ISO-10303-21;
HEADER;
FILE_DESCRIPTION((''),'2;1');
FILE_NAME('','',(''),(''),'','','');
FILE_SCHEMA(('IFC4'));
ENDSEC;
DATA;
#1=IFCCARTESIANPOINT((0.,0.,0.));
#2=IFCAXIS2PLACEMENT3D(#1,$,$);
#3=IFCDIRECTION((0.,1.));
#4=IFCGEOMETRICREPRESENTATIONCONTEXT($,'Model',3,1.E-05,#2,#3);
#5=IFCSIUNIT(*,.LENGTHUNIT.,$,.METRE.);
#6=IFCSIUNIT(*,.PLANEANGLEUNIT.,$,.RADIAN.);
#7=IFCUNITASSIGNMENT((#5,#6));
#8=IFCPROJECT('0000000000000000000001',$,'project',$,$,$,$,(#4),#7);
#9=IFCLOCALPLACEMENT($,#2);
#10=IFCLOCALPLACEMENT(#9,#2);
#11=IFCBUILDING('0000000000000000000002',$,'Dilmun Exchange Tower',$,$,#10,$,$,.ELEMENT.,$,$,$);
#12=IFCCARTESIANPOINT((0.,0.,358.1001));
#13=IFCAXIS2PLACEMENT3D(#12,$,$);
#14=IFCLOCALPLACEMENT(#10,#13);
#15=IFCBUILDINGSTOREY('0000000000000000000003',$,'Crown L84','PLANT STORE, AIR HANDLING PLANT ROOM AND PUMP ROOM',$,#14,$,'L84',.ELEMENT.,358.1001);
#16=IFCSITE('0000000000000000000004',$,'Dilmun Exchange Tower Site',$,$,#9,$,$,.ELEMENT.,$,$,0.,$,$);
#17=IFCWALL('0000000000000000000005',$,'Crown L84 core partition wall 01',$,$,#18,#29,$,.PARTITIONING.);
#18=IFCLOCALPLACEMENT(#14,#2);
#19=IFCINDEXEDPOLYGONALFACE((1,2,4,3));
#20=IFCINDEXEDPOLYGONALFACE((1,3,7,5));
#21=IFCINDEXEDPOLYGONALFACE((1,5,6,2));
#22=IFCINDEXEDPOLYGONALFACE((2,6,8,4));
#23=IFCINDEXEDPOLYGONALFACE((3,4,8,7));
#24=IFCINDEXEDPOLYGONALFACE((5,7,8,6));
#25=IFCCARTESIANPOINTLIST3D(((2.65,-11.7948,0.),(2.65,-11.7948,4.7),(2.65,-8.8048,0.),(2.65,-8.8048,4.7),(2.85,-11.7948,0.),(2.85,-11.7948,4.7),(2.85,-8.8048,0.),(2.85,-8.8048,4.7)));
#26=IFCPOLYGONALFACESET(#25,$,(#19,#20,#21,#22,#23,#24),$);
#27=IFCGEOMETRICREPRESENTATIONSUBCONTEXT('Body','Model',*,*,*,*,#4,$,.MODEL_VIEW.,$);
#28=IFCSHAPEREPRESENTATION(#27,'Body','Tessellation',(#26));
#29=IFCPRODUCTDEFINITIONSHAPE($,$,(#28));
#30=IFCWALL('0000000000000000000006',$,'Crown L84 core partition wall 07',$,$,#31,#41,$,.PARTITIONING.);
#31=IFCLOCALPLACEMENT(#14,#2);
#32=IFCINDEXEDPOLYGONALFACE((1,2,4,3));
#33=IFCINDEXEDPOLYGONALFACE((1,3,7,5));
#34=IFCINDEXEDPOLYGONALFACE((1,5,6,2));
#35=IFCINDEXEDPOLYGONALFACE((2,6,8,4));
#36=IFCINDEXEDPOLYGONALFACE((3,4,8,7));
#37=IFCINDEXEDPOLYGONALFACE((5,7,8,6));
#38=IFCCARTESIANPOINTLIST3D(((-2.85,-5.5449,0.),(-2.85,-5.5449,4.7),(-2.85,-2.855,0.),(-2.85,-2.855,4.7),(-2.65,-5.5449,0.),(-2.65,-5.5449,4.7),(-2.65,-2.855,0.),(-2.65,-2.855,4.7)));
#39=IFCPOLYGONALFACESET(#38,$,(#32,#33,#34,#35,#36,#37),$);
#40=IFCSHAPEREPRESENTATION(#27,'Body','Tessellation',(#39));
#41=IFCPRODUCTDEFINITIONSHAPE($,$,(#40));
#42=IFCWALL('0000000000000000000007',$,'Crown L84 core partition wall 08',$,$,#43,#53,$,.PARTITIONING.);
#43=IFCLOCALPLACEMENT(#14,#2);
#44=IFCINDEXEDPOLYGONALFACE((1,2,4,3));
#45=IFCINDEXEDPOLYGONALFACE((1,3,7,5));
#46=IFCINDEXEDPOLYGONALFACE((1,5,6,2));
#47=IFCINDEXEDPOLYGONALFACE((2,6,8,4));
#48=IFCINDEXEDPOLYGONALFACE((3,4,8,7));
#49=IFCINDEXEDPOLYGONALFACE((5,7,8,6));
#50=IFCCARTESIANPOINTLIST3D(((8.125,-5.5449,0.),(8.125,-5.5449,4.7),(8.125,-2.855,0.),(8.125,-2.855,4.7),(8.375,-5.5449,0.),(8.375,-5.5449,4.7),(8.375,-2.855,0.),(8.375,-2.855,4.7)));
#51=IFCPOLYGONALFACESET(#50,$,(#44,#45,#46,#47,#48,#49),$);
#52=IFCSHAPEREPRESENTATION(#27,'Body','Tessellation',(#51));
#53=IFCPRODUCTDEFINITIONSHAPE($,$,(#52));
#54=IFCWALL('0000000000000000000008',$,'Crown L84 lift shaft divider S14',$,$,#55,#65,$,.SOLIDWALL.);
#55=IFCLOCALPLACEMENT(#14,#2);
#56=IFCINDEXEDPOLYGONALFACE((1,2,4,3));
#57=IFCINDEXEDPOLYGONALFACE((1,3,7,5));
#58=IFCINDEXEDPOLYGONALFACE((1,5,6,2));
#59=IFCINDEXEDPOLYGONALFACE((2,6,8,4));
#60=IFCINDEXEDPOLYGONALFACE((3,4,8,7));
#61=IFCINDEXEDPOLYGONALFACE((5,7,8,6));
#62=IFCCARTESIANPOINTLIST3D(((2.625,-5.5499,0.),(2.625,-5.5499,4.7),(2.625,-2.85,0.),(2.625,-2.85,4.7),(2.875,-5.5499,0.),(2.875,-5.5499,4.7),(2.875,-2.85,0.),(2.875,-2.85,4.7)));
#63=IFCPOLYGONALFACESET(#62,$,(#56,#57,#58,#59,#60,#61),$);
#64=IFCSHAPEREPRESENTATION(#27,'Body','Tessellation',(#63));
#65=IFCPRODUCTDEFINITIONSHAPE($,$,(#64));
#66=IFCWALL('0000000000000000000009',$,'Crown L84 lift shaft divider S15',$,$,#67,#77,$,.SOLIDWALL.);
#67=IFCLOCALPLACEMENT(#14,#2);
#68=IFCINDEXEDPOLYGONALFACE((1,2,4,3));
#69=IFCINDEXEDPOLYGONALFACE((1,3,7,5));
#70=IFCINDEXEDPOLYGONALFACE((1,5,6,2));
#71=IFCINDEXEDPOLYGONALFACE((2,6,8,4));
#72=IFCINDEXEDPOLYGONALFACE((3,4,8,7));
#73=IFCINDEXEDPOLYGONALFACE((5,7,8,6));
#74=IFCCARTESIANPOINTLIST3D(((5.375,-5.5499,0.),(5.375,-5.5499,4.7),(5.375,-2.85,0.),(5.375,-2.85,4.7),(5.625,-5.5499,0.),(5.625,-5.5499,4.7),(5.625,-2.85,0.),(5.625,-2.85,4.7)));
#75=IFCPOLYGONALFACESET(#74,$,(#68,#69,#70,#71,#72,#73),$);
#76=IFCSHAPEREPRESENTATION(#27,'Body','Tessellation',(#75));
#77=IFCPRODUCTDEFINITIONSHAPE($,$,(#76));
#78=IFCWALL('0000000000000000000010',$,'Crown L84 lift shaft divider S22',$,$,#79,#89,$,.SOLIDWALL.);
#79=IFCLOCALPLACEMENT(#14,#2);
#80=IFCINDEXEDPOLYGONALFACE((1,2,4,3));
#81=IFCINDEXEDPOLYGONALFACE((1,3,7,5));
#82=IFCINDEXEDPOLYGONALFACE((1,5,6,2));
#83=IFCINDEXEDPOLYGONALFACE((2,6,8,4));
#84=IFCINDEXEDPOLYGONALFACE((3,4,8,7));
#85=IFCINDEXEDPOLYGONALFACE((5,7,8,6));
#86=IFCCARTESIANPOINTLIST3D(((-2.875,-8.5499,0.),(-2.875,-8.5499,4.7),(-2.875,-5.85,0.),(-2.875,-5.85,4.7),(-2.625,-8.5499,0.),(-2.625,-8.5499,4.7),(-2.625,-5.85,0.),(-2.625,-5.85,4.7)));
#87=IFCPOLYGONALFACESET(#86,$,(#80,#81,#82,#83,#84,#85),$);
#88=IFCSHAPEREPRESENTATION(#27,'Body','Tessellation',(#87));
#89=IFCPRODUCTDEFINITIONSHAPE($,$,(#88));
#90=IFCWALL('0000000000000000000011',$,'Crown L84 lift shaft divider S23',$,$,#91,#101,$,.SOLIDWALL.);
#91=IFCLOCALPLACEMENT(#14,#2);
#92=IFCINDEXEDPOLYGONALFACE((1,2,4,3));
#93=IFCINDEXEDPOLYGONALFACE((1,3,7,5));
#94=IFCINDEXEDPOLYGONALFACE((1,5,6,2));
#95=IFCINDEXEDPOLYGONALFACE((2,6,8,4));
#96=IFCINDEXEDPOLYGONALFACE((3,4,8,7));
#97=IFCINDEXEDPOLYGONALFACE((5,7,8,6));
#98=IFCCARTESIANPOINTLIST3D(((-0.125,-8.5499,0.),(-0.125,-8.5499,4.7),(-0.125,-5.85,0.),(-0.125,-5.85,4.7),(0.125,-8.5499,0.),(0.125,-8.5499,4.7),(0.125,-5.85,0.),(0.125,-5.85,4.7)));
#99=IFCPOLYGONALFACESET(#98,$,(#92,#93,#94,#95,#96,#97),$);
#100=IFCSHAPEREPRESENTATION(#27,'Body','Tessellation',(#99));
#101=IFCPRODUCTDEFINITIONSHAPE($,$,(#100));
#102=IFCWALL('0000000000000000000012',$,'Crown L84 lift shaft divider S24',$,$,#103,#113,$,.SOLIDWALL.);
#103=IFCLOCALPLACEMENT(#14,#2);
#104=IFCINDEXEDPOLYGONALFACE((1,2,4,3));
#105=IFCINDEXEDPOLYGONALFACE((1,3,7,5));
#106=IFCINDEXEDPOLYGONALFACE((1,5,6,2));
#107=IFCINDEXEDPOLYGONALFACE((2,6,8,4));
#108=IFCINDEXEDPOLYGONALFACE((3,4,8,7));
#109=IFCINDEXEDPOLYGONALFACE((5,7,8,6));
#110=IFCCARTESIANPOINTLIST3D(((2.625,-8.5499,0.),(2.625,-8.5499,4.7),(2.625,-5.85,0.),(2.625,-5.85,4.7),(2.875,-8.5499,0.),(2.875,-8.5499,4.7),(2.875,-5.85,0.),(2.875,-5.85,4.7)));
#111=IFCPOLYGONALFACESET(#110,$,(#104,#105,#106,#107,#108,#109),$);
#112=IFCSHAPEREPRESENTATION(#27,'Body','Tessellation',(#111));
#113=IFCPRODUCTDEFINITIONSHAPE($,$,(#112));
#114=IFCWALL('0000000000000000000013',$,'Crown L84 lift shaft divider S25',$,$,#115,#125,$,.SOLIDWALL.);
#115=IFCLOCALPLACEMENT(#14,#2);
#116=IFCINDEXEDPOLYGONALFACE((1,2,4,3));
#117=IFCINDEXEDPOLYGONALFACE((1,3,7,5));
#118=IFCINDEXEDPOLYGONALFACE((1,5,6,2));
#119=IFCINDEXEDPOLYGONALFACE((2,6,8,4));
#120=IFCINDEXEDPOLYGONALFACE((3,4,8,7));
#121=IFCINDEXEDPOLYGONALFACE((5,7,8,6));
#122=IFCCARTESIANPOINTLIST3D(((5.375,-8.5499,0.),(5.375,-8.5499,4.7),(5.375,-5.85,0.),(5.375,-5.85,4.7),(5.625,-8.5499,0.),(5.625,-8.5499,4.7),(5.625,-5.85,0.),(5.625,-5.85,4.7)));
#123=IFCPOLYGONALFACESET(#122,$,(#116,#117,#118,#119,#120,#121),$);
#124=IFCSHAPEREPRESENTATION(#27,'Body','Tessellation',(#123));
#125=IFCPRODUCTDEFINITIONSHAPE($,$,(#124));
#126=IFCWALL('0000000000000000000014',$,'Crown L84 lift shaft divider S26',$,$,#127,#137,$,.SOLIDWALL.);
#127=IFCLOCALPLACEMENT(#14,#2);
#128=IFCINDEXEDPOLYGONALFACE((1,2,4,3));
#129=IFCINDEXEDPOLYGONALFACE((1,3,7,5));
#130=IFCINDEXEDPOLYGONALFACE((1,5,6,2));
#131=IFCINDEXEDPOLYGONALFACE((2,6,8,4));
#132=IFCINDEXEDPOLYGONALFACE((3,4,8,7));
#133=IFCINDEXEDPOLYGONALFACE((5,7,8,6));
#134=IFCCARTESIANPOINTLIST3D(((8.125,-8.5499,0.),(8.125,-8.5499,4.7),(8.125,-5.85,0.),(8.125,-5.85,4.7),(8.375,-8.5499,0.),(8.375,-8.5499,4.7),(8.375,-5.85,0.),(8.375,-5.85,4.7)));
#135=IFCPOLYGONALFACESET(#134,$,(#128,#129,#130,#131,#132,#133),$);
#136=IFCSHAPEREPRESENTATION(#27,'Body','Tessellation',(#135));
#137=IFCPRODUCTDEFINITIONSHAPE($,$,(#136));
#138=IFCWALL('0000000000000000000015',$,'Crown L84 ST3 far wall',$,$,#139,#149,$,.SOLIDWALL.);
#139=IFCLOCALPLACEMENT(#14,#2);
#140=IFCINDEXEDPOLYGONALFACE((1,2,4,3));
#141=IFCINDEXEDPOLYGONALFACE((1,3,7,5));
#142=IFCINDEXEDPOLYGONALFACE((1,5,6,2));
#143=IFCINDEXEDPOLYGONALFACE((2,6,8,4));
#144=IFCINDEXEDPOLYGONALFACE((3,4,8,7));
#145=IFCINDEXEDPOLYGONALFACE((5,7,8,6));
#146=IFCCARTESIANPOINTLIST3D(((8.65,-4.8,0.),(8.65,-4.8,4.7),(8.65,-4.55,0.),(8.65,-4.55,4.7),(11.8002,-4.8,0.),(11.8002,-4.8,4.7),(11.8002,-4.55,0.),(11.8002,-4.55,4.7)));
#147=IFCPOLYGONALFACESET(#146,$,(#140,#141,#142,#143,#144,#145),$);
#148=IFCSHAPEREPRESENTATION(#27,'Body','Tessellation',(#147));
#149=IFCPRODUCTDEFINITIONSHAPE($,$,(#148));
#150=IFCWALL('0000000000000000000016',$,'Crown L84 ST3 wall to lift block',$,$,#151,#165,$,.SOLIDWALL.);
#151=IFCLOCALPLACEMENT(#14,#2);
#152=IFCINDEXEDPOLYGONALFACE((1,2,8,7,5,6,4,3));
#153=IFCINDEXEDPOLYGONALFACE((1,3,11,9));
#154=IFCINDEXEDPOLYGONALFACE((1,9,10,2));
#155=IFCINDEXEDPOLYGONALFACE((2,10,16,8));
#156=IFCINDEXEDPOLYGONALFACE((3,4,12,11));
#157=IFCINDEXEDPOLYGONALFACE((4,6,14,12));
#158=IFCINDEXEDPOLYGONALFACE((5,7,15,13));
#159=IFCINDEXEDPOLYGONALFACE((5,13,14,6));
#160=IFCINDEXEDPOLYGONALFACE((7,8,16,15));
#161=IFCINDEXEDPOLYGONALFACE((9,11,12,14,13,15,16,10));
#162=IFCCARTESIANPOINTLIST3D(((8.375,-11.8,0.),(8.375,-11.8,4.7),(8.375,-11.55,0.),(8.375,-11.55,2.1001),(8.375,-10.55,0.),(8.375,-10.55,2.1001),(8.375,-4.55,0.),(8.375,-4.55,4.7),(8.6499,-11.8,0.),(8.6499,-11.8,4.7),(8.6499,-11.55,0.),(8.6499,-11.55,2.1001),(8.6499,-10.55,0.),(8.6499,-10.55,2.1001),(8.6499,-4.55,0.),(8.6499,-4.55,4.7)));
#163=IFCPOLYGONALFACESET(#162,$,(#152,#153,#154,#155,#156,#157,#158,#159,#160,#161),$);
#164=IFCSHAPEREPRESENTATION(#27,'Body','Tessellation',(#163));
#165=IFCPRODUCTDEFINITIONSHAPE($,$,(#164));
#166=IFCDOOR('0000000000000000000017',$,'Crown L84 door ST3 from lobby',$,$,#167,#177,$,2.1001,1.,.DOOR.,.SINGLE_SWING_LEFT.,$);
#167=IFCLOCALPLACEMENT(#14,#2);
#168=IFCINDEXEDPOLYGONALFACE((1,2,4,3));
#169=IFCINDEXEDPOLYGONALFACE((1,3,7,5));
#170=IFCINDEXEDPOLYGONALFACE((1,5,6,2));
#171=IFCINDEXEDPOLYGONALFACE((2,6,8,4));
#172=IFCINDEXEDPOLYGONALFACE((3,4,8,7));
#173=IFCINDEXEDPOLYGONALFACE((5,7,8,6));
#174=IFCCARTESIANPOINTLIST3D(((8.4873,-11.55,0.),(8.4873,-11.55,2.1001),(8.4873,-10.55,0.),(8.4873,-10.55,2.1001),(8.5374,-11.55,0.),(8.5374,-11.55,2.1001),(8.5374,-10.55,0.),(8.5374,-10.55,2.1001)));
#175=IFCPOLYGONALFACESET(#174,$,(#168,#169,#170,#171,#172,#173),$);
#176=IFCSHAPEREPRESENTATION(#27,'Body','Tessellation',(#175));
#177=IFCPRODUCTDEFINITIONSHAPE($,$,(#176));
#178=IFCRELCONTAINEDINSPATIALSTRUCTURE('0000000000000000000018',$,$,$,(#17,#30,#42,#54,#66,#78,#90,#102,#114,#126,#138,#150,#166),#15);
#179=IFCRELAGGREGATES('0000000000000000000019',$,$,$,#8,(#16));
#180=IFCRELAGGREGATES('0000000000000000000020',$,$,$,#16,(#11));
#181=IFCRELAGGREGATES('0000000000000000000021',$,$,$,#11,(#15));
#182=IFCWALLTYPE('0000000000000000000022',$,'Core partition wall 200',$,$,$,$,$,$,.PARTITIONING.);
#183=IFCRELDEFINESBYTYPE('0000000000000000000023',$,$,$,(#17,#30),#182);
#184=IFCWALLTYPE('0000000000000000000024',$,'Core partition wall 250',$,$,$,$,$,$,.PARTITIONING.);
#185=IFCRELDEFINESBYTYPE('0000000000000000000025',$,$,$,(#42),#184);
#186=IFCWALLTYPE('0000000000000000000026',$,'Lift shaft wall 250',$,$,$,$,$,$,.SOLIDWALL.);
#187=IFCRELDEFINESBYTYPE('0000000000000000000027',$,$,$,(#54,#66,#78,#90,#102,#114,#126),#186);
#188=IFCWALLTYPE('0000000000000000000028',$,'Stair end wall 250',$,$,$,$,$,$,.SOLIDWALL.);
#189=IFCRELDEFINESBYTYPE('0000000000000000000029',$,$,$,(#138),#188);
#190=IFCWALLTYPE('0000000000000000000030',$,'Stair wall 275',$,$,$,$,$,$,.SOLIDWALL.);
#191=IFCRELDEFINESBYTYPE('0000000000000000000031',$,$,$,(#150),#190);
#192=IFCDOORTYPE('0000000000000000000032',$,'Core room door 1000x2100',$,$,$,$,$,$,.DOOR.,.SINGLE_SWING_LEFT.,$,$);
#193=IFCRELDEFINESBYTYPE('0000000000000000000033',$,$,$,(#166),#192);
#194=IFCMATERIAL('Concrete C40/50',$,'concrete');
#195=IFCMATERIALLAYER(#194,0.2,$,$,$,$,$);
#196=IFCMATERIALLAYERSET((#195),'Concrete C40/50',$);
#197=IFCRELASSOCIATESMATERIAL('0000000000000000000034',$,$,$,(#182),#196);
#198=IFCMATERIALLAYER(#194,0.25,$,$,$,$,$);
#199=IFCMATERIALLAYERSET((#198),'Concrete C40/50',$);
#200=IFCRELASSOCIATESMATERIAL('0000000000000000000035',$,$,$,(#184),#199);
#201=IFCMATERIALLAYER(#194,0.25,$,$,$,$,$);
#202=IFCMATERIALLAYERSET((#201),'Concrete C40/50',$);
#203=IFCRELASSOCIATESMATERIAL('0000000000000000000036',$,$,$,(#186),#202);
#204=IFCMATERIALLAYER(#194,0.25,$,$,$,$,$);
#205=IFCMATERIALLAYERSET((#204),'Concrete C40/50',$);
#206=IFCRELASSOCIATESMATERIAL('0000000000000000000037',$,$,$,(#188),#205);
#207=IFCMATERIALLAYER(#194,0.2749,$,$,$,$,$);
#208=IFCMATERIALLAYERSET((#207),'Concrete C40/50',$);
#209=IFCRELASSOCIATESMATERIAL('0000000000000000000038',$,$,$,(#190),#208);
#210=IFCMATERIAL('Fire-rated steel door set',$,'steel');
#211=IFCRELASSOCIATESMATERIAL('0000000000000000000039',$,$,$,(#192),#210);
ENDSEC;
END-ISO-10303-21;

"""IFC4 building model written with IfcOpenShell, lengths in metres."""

from ifc_helpers import new_model, si_unit, direction, frame, frame_2d, origin, place, context, subcontext, project, spatial, rectangle, extrude, material, layer, layer_set, type_object, element, fill, save


model = new_model("IFC4")

# Units and contexts
model_context = context("Model", 3, precision=1e-05, world=origin(), true_north=direction((0.0, 1.0)))
body_context = subcontext(model_context, "Body", "Model", "MODEL_VIEW")
ifc_project = project(units=[si_unit("LENGTHUNIT", "METRE"), si_unit("PLANEANGLEUNIT", "RADIAN")], contexts=[model_context])

# Site, building, storey
site_placement = place(None, origin())
site = spatial("IfcSite", under=ifc_project, at=site_placement, Name="Dilmun Exchange Tower Site", CompositionType="ELEMENT", RefElevation=0.0)
building_placement = place(site_placement, origin())
building = spatial("IfcBuilding", under=site, at=building_placement, Name="Dilmun Exchange Tower", CompositionType="ELEMENT")
storey_placement = place(building_placement, frame((0.0, 0.0, 358.1001)))
storey = spatial("IfcBuildingStorey", under=building, at=storey_placement, Name="Crown L84", Description="PLANT STORE, AIR HANDLING PLANT ROOM AND PUMP ROOM", LongName="L84", CompositionType="ELEMENT", Elevation=358.1001)

# Walls
ifc_material_1 = material(Name="Concrete C40/50", Category="concrete")
ifc_layer_1 = layer(ifc_material_1, 0.2)
ifc_layer_set_1 = layer_set([ifc_layer_1], Name="Concrete C40/50")
wall_type_1 = type_object("IfcWallType", Name="Core partition wall 200", PredefinedType="PARTITIONING", material=ifc_layer_set_1)
wall_1_placement = place(storey_placement, frame((2.75, -11.7949, 0.0), z_axis=(0.0, 0.0, 1.0), x_axis=(0.0, 1.0, 0.0)))
element("IfcWall", 1, at=wall_1_placement, inside=storey, type_object=wall_type_1, Name="Crown L84 core partition wall 01", PredefinedType="PARTITIONING", context=body_context, shape_type="SweptSolid", body=[
    extrude(rectangle(XDim=2.99, YDim=0.2, at=frame_2d((1.4951, 0.0))), origin(), (0.0, 0.0, 1.0), 4.7),
])
wall_2_placement = place(storey_placement, frame((-2.75, -5.5449, 0.0), z_axis=(0.0, 0.0, 1.0), x_axis=(0.0, 1.0, 0.0)))
element("IfcWall", 2, at=wall_2_placement, inside=storey, type_object=wall_type_1, Name="Crown L84 core partition wall 07", PredefinedType="PARTITIONING", context=body_context, shape_type="SweptSolid", body=[
    extrude(rectangle(XDim=2.6899, YDim=0.2, at=frame_2d((1.345, 0.0))), origin(), (0.0, 0.0, 1.0), 4.7),
])
ifc_layer_2 = layer(ifc_material_1, 0.25)
ifc_layer_set_2 = layer_set([ifc_layer_2], Name="Concrete C40/50")
wall_type_2 = type_object("IfcWallType", Name="Core partition wall 250", PredefinedType="PARTITIONING", material=ifc_layer_set_2)
wall_3_placement = place(storey_placement, frame((8.25, -5.5449, 0.0), z_axis=(0.0, 0.0, 1.0), x_axis=(0.0, 1.0, 0.0)))
element("IfcWall", 3, at=wall_3_placement, inside=storey, type_object=wall_type_2, Name="Crown L84 core partition wall 08", PredefinedType="PARTITIONING", context=body_context, shape_type="SweptSolid", body=[
    extrude(rectangle(XDim=2.6899, YDim=0.25, at=frame_2d((1.345, 0.0))), origin(), (0.0, 0.0, 1.0), 4.7),
])
ifc_layer_3 = layer(ifc_material_1, 0.25)
ifc_layer_set_3 = layer_set([ifc_layer_3], Name="Concrete C40/50")
wall_type_3 = type_object("IfcWallType", Name="Lift shaft wall 250", PredefinedType="SOLIDWALL", material=ifc_layer_set_3)
for number, where, z_axis, x_axis, name in (
    (4, (2.75, -5.55, 0.0), (0.0, 0.0, 1.0), (0.0, 1.0, 0.0), "Crown L84 lift shaft divider S14"),
    (5, (5.5, -5.55, 0.0), (0.0, 0.0, 1.0), (0.0, 1.0, 0.0), "Crown L84 lift shaft divider S15"),
    (6, (-2.75, -8.55, 0.0), (0.0, 0.0, 1.0), (0.0, 1.0, 0.0), "Crown L84 lift shaft divider S22"),
    (7, (0.0, -8.55, 0.0), (0.0, 0.0, 1.0), (0.0, 1.0, 0.0), "Crown L84 lift shaft divider S23"),
    (8, (2.75, -8.55, 0.0), (0.0, 0.0, 1.0), (0.0, 1.0, 0.0), "Crown L84 lift shaft divider S24"),
    (9, (5.5, -8.55, 0.0), (0.0, 0.0, 1.0), (0.0, 1.0, 0.0), "Crown L84 lift shaft divider S25"),
    (10, (8.25, -8.55, 0.0), (0.0, 0.0, 1.0), (0.0, 1.0, 0.0), "Crown L84 lift shaft divider S26"),
):
    element("IfcWall", number, at=place(storey_placement, frame(where, z_axis=z_axis, x_axis=x_axis)), inside=storey, type_object=wall_type_3, Name=name, PredefinedType="SOLIDWALL", context=body_context, shape_type="SweptSolid", body=[
        extrude(rectangle(XDim=2.7, YDim=0.25, at=frame_2d((1.3501, 0.0))), origin(), (0.0, 0.0, 1.0), 4.7),
    ])
ifc_layer_4 = layer(ifc_material_1, 0.25)
ifc_layer_set_4 = layer_set([ifc_layer_4], Name="Concrete C40/50")
wall_type_4 = type_object("IfcWallType", Name="Stair end wall 250", PredefinedType="SOLIDWALL", material=ifc_layer_set_4)
wall_4_placement = place(storey_placement, frame((8.6499, -4.675, 0.0), z_axis=(0.0, 0.0, 1.0), x_axis=(1.0, 0.0, 0.0)))
element("IfcWall", 11, at=wall_4_placement, inside=storey, type_object=wall_type_4, Name="Crown L84 ST3 far wall", PredefinedType="SOLIDWALL", context=body_context, shape_type="SweptSolid", body=[
    extrude(rectangle(XDim=3.1501, YDim=0.25, at=frame_2d((1.5752, 0.0))), origin(), (0.0, 0.0, 1.0), 4.7),
])

# Wall, opening, door
ifc_layer_5 = layer(ifc_material_1, 0.2749)
ifc_layer_set_5 = layer_set([ifc_layer_5], Name="Concrete C40/50")
wall_type_5 = type_object("IfcWallType", Name="Stair wall 275", PredefinedType="SOLIDWALL", material=ifc_layer_set_5)
wall_5_placement = place(storey_placement, frame((8.5125, -4.55, 0.0), z_axis=(0.0, 0.0, 1.0), x_axis=(0.0, -1.0, 0.0)))
wall_5 = element("IfcWall", 12, at=wall_5_placement, inside=storey, type_object=wall_type_5, Name="Crown L84 ST3 wall to lift block", PredefinedType="SOLIDWALL", context=body_context, shape_type="SweptSolid", body=[
    extrude(rectangle(XDim=7.25, YDim=0.2749, at=frame_2d((3.625, 0.0))), origin(), (0.0, 0.0, 1.0), 4.7),
])
opening_placement = place(wall_5_placement, frame((6.0, 0.0, 0.0)))
opening = element("IfcOpeningElement", 13, at=opening_placement, cuts=wall_5, PredefinedType="OPENING", context=body_context, shape_type="SweptSolid", body=[
    extrude(rectangle(XDim=1.0, YDim=2.1001, at=frame_2d((0.5, 1.05))), frame((0.0, 0.1475, 0.0), z_axis=(0.0, -1.0, 0.0), x_axis=(1.0, 0.0, 0.0)), (0.0, 0.0, 1.0), 0.2949),
])
ifc_material_2 = material(Name="Fire-rated steel door set", Category="steel")
door_type = type_object("IfcDoorType", Name="Core room door 1000x2100", OperationType="SINGLE_SWING_LEFT", PredefinedType="DOOR", material=ifc_material_2)
door_placement = place(opening_placement, origin())
door = element("IfcDoor", 14, at=door_placement, inside=storey, type_object=door_type, Name="Crown L84 door ST3 from lobby", OperationType="SINGLE_SWING_LEFT", OverallHeight=2.1001, OverallWidth=1.0, PredefinedType="DOOR", context=body_context, shape_type="SweptSolid", body=[
    extrude(rectangle(XDim=1.0, YDim=2.1001, at=frame_2d((0.5, 1.05))), frame((0.0, 0.0249, 0.0), z_axis=(0.0, -1.0, 0.0), x_axis=(1.0, 0.0, 0.0)), (0.0, 0.0, 1.0), 0.05),
])
fill(opening, door)

save(model, "model.ifc")
